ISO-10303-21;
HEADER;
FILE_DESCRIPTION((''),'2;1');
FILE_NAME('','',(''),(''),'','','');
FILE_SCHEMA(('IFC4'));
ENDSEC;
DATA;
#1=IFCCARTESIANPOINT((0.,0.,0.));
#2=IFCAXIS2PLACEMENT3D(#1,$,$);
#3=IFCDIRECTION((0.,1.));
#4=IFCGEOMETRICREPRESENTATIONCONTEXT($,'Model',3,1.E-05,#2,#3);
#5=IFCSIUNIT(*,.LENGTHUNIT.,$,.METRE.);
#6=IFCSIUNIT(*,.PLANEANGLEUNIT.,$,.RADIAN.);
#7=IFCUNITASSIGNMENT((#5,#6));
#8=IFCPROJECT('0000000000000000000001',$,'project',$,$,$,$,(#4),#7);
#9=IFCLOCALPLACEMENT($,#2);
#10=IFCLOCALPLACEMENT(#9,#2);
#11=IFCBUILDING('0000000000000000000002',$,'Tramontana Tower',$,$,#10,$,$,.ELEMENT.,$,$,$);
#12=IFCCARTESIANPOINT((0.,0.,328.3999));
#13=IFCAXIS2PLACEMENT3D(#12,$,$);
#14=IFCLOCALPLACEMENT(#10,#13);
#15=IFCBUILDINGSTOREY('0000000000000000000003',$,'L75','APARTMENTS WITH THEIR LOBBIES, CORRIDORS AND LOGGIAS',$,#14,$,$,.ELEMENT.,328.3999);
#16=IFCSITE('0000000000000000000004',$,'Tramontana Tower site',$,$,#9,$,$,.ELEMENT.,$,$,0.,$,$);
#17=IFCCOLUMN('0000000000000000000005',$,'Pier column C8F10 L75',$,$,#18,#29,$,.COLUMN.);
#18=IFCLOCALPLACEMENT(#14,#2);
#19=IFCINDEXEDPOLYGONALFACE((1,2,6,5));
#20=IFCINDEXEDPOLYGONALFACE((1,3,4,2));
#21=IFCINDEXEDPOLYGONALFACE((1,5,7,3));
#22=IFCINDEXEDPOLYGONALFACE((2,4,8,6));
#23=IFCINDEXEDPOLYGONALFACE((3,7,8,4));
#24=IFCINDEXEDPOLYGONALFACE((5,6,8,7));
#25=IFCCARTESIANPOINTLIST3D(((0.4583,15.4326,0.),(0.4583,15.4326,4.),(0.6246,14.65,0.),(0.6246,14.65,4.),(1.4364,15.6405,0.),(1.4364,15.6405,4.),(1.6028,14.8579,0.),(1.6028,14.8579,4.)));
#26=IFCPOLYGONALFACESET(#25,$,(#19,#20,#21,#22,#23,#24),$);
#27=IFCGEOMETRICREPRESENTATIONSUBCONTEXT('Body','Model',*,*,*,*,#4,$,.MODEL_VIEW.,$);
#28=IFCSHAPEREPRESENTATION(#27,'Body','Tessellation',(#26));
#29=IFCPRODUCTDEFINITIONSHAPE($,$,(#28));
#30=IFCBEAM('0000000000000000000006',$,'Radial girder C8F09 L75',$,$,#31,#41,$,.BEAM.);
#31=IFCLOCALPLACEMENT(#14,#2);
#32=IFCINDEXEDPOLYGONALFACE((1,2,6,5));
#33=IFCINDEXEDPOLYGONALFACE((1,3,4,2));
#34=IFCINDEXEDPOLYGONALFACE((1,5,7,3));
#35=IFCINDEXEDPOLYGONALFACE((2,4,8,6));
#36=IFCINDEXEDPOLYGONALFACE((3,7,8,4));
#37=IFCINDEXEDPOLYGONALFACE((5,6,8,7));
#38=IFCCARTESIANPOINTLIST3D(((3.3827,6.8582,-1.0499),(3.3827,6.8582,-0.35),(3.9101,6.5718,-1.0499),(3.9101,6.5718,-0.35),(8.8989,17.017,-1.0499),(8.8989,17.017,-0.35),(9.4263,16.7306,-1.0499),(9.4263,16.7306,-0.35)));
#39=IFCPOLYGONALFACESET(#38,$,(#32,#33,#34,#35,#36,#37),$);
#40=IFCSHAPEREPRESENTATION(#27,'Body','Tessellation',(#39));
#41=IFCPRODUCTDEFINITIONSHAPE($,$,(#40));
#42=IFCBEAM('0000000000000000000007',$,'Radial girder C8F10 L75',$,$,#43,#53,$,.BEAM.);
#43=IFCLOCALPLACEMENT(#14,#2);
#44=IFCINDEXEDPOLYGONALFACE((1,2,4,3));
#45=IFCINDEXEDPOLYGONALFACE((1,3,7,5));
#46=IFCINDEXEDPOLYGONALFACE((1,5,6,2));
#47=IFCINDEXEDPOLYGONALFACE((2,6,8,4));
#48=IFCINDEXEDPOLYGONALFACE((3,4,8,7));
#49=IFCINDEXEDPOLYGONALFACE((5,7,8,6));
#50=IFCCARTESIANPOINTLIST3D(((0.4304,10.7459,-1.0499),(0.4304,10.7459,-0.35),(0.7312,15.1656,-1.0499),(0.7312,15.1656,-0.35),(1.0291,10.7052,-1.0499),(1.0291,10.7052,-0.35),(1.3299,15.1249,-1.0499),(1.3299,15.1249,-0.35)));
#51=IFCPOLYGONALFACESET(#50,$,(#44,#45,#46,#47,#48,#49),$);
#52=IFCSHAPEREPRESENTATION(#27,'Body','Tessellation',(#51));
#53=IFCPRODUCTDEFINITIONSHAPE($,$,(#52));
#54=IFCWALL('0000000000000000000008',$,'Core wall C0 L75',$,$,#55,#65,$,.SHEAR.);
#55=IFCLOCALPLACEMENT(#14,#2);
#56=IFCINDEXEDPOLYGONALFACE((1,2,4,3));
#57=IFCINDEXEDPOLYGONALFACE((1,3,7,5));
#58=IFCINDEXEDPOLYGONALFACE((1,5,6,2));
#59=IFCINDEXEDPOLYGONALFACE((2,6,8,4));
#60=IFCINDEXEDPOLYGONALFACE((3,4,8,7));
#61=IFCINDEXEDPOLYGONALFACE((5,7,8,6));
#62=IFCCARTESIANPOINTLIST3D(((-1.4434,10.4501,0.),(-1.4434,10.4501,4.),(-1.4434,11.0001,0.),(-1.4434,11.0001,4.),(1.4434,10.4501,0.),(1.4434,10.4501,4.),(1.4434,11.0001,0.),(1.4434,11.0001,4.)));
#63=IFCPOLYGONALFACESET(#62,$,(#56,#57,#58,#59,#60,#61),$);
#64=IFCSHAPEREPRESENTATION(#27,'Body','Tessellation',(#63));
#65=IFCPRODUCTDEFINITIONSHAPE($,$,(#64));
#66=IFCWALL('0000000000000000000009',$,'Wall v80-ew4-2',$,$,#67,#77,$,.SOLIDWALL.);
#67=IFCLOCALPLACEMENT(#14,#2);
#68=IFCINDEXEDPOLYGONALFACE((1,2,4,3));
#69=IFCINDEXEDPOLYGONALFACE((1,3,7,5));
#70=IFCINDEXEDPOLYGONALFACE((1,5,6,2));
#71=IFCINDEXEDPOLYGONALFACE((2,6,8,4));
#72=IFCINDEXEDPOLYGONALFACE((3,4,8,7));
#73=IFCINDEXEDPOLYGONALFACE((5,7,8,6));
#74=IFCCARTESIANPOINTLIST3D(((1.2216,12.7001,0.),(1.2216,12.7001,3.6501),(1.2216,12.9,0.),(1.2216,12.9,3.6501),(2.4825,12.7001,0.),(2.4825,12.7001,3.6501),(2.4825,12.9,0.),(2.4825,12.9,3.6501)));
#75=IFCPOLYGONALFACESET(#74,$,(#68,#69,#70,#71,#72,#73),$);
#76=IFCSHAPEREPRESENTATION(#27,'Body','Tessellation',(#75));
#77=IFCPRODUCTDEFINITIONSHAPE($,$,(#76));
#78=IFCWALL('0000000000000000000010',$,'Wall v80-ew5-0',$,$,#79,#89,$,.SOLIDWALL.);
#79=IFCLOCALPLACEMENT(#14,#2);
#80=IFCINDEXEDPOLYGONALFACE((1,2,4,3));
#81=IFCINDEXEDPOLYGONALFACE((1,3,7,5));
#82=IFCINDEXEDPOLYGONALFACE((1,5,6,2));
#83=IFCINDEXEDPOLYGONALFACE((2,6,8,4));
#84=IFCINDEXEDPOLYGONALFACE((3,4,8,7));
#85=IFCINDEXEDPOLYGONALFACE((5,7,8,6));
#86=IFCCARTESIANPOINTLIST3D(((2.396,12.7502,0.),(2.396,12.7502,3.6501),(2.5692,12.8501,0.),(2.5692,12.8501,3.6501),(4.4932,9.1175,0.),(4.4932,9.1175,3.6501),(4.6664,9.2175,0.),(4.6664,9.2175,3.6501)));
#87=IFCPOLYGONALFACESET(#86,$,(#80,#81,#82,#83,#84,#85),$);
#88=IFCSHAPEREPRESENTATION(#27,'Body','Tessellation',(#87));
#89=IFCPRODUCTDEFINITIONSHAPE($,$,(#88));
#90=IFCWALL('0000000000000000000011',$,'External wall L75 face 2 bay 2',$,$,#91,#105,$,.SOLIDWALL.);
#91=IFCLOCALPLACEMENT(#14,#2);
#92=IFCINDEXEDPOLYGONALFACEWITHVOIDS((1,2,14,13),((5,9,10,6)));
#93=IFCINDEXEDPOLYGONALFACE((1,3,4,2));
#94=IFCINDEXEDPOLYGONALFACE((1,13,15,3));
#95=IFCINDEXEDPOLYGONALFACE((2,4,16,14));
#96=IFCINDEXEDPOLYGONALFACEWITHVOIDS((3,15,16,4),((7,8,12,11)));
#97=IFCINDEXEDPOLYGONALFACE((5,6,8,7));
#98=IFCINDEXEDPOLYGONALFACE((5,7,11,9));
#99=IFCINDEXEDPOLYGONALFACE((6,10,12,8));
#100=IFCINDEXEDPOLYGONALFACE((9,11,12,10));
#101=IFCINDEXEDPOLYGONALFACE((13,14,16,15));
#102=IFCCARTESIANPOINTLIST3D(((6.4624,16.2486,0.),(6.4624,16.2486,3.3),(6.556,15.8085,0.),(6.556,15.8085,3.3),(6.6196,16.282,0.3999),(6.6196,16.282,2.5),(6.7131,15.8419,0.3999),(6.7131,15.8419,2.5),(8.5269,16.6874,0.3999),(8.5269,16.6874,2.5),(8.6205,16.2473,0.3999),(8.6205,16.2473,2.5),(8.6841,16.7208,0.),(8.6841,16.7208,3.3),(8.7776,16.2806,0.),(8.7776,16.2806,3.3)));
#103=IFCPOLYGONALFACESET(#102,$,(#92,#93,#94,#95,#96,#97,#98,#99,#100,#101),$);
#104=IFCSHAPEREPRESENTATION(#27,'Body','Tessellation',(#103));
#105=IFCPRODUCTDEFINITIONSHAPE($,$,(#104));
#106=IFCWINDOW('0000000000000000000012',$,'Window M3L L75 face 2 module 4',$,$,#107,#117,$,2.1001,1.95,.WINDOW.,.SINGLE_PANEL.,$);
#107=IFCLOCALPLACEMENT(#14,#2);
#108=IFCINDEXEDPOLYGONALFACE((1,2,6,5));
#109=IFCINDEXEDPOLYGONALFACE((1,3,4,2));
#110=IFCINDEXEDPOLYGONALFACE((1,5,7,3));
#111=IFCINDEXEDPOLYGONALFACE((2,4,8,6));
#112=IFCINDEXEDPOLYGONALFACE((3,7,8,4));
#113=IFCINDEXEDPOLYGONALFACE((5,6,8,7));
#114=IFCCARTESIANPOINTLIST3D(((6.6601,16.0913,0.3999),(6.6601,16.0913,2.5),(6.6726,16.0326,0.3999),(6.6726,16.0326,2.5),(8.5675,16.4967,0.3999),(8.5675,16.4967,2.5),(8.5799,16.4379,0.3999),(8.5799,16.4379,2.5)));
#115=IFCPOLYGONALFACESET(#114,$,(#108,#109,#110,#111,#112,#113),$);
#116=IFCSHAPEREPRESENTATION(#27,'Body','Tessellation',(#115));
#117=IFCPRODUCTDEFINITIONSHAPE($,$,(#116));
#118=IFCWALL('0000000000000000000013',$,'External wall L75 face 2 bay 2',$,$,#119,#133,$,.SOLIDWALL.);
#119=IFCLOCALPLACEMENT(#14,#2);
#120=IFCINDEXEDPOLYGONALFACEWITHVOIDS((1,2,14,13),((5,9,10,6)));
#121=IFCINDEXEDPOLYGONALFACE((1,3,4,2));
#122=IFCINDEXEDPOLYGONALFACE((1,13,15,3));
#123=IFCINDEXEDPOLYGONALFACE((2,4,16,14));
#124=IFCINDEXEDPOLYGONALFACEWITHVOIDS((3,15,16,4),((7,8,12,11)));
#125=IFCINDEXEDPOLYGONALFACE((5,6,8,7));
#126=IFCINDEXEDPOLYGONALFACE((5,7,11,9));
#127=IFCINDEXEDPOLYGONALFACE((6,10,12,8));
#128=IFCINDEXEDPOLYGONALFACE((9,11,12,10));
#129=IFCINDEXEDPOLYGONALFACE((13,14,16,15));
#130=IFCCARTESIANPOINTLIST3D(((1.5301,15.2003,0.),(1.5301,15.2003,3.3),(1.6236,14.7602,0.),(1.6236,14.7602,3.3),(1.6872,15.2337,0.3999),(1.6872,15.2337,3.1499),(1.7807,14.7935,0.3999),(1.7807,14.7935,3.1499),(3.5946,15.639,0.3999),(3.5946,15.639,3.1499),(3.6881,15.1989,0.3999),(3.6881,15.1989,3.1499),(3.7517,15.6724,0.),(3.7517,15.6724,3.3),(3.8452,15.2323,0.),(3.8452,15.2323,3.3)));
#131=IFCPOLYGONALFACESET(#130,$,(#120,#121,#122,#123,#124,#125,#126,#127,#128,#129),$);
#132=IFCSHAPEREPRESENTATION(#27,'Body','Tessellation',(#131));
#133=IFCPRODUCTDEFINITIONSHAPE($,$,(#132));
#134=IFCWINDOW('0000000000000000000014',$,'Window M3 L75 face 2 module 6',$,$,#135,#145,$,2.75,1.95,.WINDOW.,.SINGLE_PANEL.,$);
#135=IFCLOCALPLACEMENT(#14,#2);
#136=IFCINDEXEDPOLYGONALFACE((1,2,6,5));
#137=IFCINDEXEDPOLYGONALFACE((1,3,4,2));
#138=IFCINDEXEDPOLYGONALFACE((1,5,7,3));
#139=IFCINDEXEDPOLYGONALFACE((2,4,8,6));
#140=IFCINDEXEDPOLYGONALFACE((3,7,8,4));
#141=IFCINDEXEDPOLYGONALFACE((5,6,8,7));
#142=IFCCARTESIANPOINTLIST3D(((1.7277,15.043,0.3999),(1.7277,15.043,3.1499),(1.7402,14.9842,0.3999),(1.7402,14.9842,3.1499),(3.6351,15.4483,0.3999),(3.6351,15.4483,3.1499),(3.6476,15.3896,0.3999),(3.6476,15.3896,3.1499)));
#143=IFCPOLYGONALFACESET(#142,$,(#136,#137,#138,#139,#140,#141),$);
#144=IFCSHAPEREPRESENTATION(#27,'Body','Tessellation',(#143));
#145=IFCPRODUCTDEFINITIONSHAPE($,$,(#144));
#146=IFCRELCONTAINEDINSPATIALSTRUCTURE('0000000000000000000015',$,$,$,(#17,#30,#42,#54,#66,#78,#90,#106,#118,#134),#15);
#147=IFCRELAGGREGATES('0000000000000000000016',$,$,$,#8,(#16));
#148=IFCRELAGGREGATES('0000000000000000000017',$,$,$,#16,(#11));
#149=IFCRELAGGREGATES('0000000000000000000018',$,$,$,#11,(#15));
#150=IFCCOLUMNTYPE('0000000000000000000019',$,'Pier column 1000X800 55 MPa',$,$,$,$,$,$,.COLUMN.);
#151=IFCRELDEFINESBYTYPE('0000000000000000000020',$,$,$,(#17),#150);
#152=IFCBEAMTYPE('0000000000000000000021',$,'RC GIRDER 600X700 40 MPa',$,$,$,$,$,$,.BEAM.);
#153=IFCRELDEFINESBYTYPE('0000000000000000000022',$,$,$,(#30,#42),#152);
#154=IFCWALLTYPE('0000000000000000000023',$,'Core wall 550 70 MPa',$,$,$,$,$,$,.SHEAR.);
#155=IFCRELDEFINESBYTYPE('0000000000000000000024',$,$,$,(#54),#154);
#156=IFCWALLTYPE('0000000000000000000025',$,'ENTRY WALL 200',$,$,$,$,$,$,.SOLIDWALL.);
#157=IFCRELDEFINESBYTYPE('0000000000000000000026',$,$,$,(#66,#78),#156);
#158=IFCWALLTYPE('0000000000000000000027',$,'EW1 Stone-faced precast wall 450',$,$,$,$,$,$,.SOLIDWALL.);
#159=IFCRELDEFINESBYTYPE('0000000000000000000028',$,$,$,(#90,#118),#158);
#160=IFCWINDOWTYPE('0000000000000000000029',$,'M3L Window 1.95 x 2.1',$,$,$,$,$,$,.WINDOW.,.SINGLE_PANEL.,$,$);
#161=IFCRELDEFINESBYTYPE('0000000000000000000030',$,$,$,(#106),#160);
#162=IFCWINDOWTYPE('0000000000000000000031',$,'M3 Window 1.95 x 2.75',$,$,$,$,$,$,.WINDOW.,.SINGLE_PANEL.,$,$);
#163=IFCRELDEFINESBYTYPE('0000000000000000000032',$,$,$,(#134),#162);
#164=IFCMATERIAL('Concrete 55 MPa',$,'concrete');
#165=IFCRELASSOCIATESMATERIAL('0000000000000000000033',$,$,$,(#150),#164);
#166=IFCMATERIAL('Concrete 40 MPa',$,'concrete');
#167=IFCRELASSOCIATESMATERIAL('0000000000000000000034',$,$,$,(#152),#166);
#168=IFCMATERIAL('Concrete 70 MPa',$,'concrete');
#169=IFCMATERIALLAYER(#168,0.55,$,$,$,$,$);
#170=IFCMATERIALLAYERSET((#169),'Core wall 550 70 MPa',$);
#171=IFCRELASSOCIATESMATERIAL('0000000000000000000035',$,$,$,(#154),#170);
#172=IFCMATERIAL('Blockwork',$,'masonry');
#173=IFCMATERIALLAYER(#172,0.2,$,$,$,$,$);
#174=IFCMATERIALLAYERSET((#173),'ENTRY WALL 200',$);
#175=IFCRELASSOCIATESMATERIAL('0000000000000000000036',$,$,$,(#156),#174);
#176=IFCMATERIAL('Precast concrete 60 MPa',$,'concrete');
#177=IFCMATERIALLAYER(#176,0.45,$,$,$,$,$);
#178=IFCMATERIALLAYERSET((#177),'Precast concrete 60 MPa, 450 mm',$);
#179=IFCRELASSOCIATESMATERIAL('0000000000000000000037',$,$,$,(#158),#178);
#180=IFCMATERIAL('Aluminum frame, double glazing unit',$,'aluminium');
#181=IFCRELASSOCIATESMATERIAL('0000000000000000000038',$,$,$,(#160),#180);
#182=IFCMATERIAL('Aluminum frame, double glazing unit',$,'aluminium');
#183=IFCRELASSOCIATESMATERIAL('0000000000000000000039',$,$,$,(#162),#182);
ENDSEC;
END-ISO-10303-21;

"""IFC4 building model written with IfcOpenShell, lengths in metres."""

from ifc_helpers import new_model, si_unit, direction, frame, frame_2d, origin, origin_2d, place, context, subcontext, project, spatial, rectangle, extrude, material, layer, layer_set, material_profile, profile_set, type_object, element, fill, save


model = new_model("IFC4")

# Units and contexts
model_context = context("Model", 3, precision=1e-05, world=origin(), true_north=direction((0.0, 1.0)))
body_context = subcontext(model_context, "Body", "Model", "MODEL_VIEW")
ifc_project = project(units=[si_unit("LENGTHUNIT", "METRE"), si_unit("PLANEANGLEUNIT", "RADIAN")], contexts=[model_context])

# Site, building, storey
site_placement = place(None, origin())
site = spatial("IfcSite", under=ifc_project, at=site_placement, Name="Tramontana Tower site", CompositionType="ELEMENT", RefElevation=0.0)
building_placement = place(site_placement, origin())
building = spatial("IfcBuilding", under=site, at=building_placement, Name="Tramontana Tower", CompositionType="ELEMENT")
storey_placement = place(building_placement, frame((0.0, 0.0, 328.3999)))
storey = spatial("IfcBuildingStorey", under=building, at=storey_placement, Name="L75", Description="APARTMENTS WITH THEIR LOBBIES, CORRIDORS AND LOGGIAS", CompositionType="ELEMENT", Elevation=328.3999)

# Column
ifc_material_1 = material(Name="Concrete 55 MPa", Category="concrete")
ifc_material_profile_1 = material_profile(ifc_material_1, rectangle(XDim=1.0, YDim=0.8, at=origin_2d()), Name="Pier column 1000X800 55 MPa")
ifc_profile_set_1 = profile_set([ifc_material_profile_1], Name="Concrete 55 MPa")
column_type = type_object("IfcColumnType", Name="Pier column 1000X800 55 MPa", PredefinedType="COLUMN", material=ifc_profile_set_1)
column_placement = place(storey_placement, frame((1.0305, 15.1453, 0.0), z_axis=(0.0, 0.0, 1.0), x_axis=(-0.978148, -0.207912, 0.0)))
element("IfcColumn", 1, at=column_placement, inside=storey, type_object=column_type, Name="Pier column C8F10 L75", PredefinedType="COLUMN", context=body_context, shape_type="SweptSolid", body=[
    extrude(rectangle(XDim=1.0, YDim=0.8, at=origin_2d()), origin(), (0.0, 0.0, 1.0), 4.0),
])

# Beams
ifc_material_2 = material(Name="Concrete 40 MPa", Category="concrete")
ifc_material_profile_2 = material_profile(ifc_material_2, rectangle(XDim=0.6001, YDim=0.7, at=origin_2d()), Name="RC GIRDER 600X700 40 MPa")
ifc_profile_set_2 = profile_set([ifc_material_profile_2], Name="Concrete 40 MPa")
beam_type = type_object("IfcBeamType", Name="RC GIRDER 600X700 40 MPa", PredefinedType="BEAM", material=ifc_profile_set_2)
beam_1_placement = place(storey_placement, frame((9.1626, 16.8738, -0.7), z_axis=(-0.477185, -0.878803, 0.0), x_axis=(0.878803, -0.477185, 0.0)))
element("IfcBeam", 2, at=beam_1_placement, inside=storey, type_object=beam_type, Name="Radial girder C8F09 L75", PredefinedType="BEAM", context=body_context, shape_type="SweptSolid", body=[
    extrude(rectangle(XDim=0.6001, YDim=0.7, at=origin_2d()), origin(), (0.0, 0.0, 1.0), 11.5598),
])
beam_2_placement = place(storey_placement, frame((1.0305, 15.1453, -0.7), z_axis=(-0.067898, -0.997692, 0.0), x_axis=(0.997692, -0.067898, 0.0)))
element("IfcBeam", 3, at=beam_2_placement, inside=storey, type_object=beam_type, Name="Radial girder C8F10 L75", PredefinedType="BEAM", context=body_context, shape_type="SweptSolid", body=[
    extrude(rectangle(XDim=0.6001, YDim=0.7, at=origin_2d()), origin(), (0.0, 0.0, 1.0), 4.4299),
])

# Walls
ifc_material_3 = material(Name="Concrete 70 MPa", Category="concrete")
ifc_layer_1 = layer(ifc_material_3, 0.55)
ifc_layer_set_1 = layer_set([ifc_layer_1], Name="Core wall 550 70 MPa")
wall_type_1 = type_object("IfcWallType", Name="Core wall 550 70 MPa", PredefinedType="SHEAR", material=ifc_layer_set_1)
wall_1_placement = place(storey_placement, frame((1.4434, 10.7251, 0.0), z_axis=(0.0, 0.0, 1.0), x_axis=(-1.0, 0.0, 0.0)))
element("IfcWall", 4, at=wall_1_placement, inside=storey, type_object=wall_type_1, Name="Core wall C0 L75", PredefinedType="SHEAR", context=body_context, shape_type="SweptSolid", body=[
    extrude(rectangle(XDim=2.8867, YDim=0.55, at=frame_2d((1.4434, 0.0))), origin(), (0.0, 0.0, 1.0), 4.0),
])
ifc_material_4 = material(Name="Blockwork", Category="masonry")
ifc_layer_2 = layer(ifc_material_4, 0.2)
ifc_layer_set_2 = layer_set([ifc_layer_2], Name="ENTRY WALL 200")
wall_type_2 = type_object("IfcWallType", Name="ENTRY WALL 200", PredefinedType="SOLIDWALL", material=ifc_layer_set_2)
wall_2_placement = place(storey_placement, frame((1.2217, 12.8, 0.0), z_axis=(0.0, 0.0, 1.0), x_axis=(1.0, 0.0, 0.0)))
element("IfcWall", 5, at=wall_2_placement, inside=storey, type_object=wall_type_2, Name="Wall v80-ew4-2", PredefinedType="SOLIDWALL", context=body_context, shape_type="SweptSolid", body=[
    extrude(rectangle(XDim=1.261, YDim=0.2, at=frame_2d((0.6304, 0.0))), origin(), (0.0, 0.0, 1.0), 3.6501),
])
wall_3_placement = place(storey_placement, frame((2.4827, 12.8, 0.0), z_axis=(0.0, 0.0, 1.0), x_axis=(0.499983, -0.866035, 0.0)))
element("IfcWall", 6, at=wall_3_placement, inside=storey, type_object=wall_type_2, Name="Wall v80-ew5-0", PredefinedType="SOLIDWALL", context=body_context, shape_type="SweptSolid", body=[
    extrude(rectangle(XDim=4.1946, YDim=0.2, at=frame_2d((2.0972, 0.0))), origin(), (0.0, 0.0, 1.0), 3.6501),
])

# Walls, openings, windows
ifc_material_5 = material(Name="Precast concrete 60 MPa", Category="concrete")
ifc_layer_3 = layer(ifc_material_5, 0.45)
ifc_layer_set_3 = layer_set([ifc_layer_3], Name="Precast concrete 60 MPa, 450 mm")
wall_type_3 = type_object("IfcWallType", Name="EW1 Stone-faced precast wall 450", PredefinedType="SOLIDWALL", material=ifc_layer_set_3)
wall_4_placement = place(storey_placement, frame((8.731, 16.5007, 0.0), z_axis=(0.0, 0.0, 1.0), x_axis=(-0.978153, -0.207884, 0.0)))
wall_4 = element("IfcWall", 7, at=wall_4_placement, inside=storey, type_object=wall_type_3, Name="External wall L75 face 2 bay 2", PredefinedType="SOLIDWALL", context=body_context, shape_type="SweptSolid", body=[
    extrude(rectangle(XDim=2.2712, YDim=0.45, at=frame_2d((1.1357, 0.0))), origin(), (0.0, 0.0, 1.0), 3.3),
])
opening_1_placement = place(wall_4_placement, frame((0.1606, 0.0, 0.3999)))
opening_1 = element("IfcOpeningElement", 8, at=opening_1_placement, cuts=wall_4, PredefinedType="OPENING", context=body_context, shape_type="SweptSolid", body=[
    extrude(rectangle(XDim=1.95, YDim=2.1001, at=frame_2d((0.9751, 1.05))), frame((0.0, 0.2349, 0.0), z_axis=(0.0, -1.0, 0.0), x_axis=(1.0, 0.0, 0.0)), (0.0, 0.0, 1.0), 0.47),
])
ifc_material_6 = material(Name="Aluminum frame, double glazing unit", Category="aluminium")
window_type_1 = type_object("IfcWindowType", Name="M3L Window 1.95 x 2.1", PartitioningType="SINGLE_PANEL", PredefinedType="WINDOW", material=ifc_material_6)
window_1_placement = place(opening_1_placement, origin())
window_1 = element("IfcWindow", 9, at=window_1_placement, inside=storey, type_object=window_type_1, Name="Window M3L L75 face 2 module 4", OverallHeight=2.1001, OverallWidth=1.95, PartitioningType="SINGLE_PANEL", PredefinedType="WINDOW", context=body_context, shape_type="SweptSolid", body=[
    extrude(rectangle(XDim=1.95, YDim=2.1001, at=frame_2d((0.9751, 1.05))), frame((0.0, 0.03, 0.0), z_axis=(0.0, -1.0, 0.0), x_axis=(1.0, 0.0, 0.0)), (0.0, 0.0, 1.0), 0.0601),
])
fill(opening_1, window_1)
wall_5_placement = place(storey_placement, frame((3.7986, 15.4524, 0.0), z_axis=(0.0, 0.0, 1.0), x_axis=(-0.978153, -0.207884, 0.0)))
wall_5 = element("IfcWall", 10, at=wall_5_placement, inside=storey, type_object=wall_type_3, Name="External wall L75 face 2 bay 2", PredefinedType="SOLIDWALL", context=body_context, shape_type="SweptSolid", body=[
    extrude(rectangle(XDim=2.2712, YDim=0.45, at=frame_2d((1.1357, 0.0))), origin(), (0.0, 0.0, 1.0), 3.3),
])
opening_2_placement = place(wall_5_placement, frame((0.1606, 0.0, 0.3999)))
opening_2 = element("IfcOpeningElement", 11, at=opening_2_placement, cuts=wall_5, PredefinedType="OPENING", context=body_context, shape_type="SweptSolid", body=[
    extrude(rectangle(XDim=1.95, YDim=2.75, at=frame_2d((0.9751, 1.375))), frame((0.0, 0.2349, 0.0), z_axis=(0.0, -1.0, 0.0), x_axis=(1.0, 0.0, 0.0)), (0.0, 0.0, 1.0), 0.47),
])
ifc_material_7 = material(Name="Aluminum frame, double glazing unit", Category="aluminium")
window_type_2 = type_object("IfcWindowType", Name="M3 Window 1.95 x 2.75", PartitioningType="SINGLE_PANEL", PredefinedType="WINDOW", material=ifc_material_7)
window_2_placement = place(opening_2_placement, origin())
window_2 = element("IfcWindow", 12, at=window_2_placement, inside=storey, type_object=window_type_2, Name="Window M3 L75 face 2 module 6", OverallHeight=2.75, OverallWidth=1.95, PartitioningType="SINGLE_PANEL", PredefinedType="WINDOW", context=body_context, shape_type="SweptSolid", body=[
    extrude(rectangle(XDim=1.95, YDim=2.75, at=frame_2d((0.9751, 1.375))), frame((0.0, 0.03, 0.0), z_axis=(0.0, -1.0, 0.0), x_axis=(1.0, 0.0, 0.0)), (0.0, 0.0, 1.0), 0.0601),
])
fill(opening_2, window_2)

save(model, "model.ifc")
